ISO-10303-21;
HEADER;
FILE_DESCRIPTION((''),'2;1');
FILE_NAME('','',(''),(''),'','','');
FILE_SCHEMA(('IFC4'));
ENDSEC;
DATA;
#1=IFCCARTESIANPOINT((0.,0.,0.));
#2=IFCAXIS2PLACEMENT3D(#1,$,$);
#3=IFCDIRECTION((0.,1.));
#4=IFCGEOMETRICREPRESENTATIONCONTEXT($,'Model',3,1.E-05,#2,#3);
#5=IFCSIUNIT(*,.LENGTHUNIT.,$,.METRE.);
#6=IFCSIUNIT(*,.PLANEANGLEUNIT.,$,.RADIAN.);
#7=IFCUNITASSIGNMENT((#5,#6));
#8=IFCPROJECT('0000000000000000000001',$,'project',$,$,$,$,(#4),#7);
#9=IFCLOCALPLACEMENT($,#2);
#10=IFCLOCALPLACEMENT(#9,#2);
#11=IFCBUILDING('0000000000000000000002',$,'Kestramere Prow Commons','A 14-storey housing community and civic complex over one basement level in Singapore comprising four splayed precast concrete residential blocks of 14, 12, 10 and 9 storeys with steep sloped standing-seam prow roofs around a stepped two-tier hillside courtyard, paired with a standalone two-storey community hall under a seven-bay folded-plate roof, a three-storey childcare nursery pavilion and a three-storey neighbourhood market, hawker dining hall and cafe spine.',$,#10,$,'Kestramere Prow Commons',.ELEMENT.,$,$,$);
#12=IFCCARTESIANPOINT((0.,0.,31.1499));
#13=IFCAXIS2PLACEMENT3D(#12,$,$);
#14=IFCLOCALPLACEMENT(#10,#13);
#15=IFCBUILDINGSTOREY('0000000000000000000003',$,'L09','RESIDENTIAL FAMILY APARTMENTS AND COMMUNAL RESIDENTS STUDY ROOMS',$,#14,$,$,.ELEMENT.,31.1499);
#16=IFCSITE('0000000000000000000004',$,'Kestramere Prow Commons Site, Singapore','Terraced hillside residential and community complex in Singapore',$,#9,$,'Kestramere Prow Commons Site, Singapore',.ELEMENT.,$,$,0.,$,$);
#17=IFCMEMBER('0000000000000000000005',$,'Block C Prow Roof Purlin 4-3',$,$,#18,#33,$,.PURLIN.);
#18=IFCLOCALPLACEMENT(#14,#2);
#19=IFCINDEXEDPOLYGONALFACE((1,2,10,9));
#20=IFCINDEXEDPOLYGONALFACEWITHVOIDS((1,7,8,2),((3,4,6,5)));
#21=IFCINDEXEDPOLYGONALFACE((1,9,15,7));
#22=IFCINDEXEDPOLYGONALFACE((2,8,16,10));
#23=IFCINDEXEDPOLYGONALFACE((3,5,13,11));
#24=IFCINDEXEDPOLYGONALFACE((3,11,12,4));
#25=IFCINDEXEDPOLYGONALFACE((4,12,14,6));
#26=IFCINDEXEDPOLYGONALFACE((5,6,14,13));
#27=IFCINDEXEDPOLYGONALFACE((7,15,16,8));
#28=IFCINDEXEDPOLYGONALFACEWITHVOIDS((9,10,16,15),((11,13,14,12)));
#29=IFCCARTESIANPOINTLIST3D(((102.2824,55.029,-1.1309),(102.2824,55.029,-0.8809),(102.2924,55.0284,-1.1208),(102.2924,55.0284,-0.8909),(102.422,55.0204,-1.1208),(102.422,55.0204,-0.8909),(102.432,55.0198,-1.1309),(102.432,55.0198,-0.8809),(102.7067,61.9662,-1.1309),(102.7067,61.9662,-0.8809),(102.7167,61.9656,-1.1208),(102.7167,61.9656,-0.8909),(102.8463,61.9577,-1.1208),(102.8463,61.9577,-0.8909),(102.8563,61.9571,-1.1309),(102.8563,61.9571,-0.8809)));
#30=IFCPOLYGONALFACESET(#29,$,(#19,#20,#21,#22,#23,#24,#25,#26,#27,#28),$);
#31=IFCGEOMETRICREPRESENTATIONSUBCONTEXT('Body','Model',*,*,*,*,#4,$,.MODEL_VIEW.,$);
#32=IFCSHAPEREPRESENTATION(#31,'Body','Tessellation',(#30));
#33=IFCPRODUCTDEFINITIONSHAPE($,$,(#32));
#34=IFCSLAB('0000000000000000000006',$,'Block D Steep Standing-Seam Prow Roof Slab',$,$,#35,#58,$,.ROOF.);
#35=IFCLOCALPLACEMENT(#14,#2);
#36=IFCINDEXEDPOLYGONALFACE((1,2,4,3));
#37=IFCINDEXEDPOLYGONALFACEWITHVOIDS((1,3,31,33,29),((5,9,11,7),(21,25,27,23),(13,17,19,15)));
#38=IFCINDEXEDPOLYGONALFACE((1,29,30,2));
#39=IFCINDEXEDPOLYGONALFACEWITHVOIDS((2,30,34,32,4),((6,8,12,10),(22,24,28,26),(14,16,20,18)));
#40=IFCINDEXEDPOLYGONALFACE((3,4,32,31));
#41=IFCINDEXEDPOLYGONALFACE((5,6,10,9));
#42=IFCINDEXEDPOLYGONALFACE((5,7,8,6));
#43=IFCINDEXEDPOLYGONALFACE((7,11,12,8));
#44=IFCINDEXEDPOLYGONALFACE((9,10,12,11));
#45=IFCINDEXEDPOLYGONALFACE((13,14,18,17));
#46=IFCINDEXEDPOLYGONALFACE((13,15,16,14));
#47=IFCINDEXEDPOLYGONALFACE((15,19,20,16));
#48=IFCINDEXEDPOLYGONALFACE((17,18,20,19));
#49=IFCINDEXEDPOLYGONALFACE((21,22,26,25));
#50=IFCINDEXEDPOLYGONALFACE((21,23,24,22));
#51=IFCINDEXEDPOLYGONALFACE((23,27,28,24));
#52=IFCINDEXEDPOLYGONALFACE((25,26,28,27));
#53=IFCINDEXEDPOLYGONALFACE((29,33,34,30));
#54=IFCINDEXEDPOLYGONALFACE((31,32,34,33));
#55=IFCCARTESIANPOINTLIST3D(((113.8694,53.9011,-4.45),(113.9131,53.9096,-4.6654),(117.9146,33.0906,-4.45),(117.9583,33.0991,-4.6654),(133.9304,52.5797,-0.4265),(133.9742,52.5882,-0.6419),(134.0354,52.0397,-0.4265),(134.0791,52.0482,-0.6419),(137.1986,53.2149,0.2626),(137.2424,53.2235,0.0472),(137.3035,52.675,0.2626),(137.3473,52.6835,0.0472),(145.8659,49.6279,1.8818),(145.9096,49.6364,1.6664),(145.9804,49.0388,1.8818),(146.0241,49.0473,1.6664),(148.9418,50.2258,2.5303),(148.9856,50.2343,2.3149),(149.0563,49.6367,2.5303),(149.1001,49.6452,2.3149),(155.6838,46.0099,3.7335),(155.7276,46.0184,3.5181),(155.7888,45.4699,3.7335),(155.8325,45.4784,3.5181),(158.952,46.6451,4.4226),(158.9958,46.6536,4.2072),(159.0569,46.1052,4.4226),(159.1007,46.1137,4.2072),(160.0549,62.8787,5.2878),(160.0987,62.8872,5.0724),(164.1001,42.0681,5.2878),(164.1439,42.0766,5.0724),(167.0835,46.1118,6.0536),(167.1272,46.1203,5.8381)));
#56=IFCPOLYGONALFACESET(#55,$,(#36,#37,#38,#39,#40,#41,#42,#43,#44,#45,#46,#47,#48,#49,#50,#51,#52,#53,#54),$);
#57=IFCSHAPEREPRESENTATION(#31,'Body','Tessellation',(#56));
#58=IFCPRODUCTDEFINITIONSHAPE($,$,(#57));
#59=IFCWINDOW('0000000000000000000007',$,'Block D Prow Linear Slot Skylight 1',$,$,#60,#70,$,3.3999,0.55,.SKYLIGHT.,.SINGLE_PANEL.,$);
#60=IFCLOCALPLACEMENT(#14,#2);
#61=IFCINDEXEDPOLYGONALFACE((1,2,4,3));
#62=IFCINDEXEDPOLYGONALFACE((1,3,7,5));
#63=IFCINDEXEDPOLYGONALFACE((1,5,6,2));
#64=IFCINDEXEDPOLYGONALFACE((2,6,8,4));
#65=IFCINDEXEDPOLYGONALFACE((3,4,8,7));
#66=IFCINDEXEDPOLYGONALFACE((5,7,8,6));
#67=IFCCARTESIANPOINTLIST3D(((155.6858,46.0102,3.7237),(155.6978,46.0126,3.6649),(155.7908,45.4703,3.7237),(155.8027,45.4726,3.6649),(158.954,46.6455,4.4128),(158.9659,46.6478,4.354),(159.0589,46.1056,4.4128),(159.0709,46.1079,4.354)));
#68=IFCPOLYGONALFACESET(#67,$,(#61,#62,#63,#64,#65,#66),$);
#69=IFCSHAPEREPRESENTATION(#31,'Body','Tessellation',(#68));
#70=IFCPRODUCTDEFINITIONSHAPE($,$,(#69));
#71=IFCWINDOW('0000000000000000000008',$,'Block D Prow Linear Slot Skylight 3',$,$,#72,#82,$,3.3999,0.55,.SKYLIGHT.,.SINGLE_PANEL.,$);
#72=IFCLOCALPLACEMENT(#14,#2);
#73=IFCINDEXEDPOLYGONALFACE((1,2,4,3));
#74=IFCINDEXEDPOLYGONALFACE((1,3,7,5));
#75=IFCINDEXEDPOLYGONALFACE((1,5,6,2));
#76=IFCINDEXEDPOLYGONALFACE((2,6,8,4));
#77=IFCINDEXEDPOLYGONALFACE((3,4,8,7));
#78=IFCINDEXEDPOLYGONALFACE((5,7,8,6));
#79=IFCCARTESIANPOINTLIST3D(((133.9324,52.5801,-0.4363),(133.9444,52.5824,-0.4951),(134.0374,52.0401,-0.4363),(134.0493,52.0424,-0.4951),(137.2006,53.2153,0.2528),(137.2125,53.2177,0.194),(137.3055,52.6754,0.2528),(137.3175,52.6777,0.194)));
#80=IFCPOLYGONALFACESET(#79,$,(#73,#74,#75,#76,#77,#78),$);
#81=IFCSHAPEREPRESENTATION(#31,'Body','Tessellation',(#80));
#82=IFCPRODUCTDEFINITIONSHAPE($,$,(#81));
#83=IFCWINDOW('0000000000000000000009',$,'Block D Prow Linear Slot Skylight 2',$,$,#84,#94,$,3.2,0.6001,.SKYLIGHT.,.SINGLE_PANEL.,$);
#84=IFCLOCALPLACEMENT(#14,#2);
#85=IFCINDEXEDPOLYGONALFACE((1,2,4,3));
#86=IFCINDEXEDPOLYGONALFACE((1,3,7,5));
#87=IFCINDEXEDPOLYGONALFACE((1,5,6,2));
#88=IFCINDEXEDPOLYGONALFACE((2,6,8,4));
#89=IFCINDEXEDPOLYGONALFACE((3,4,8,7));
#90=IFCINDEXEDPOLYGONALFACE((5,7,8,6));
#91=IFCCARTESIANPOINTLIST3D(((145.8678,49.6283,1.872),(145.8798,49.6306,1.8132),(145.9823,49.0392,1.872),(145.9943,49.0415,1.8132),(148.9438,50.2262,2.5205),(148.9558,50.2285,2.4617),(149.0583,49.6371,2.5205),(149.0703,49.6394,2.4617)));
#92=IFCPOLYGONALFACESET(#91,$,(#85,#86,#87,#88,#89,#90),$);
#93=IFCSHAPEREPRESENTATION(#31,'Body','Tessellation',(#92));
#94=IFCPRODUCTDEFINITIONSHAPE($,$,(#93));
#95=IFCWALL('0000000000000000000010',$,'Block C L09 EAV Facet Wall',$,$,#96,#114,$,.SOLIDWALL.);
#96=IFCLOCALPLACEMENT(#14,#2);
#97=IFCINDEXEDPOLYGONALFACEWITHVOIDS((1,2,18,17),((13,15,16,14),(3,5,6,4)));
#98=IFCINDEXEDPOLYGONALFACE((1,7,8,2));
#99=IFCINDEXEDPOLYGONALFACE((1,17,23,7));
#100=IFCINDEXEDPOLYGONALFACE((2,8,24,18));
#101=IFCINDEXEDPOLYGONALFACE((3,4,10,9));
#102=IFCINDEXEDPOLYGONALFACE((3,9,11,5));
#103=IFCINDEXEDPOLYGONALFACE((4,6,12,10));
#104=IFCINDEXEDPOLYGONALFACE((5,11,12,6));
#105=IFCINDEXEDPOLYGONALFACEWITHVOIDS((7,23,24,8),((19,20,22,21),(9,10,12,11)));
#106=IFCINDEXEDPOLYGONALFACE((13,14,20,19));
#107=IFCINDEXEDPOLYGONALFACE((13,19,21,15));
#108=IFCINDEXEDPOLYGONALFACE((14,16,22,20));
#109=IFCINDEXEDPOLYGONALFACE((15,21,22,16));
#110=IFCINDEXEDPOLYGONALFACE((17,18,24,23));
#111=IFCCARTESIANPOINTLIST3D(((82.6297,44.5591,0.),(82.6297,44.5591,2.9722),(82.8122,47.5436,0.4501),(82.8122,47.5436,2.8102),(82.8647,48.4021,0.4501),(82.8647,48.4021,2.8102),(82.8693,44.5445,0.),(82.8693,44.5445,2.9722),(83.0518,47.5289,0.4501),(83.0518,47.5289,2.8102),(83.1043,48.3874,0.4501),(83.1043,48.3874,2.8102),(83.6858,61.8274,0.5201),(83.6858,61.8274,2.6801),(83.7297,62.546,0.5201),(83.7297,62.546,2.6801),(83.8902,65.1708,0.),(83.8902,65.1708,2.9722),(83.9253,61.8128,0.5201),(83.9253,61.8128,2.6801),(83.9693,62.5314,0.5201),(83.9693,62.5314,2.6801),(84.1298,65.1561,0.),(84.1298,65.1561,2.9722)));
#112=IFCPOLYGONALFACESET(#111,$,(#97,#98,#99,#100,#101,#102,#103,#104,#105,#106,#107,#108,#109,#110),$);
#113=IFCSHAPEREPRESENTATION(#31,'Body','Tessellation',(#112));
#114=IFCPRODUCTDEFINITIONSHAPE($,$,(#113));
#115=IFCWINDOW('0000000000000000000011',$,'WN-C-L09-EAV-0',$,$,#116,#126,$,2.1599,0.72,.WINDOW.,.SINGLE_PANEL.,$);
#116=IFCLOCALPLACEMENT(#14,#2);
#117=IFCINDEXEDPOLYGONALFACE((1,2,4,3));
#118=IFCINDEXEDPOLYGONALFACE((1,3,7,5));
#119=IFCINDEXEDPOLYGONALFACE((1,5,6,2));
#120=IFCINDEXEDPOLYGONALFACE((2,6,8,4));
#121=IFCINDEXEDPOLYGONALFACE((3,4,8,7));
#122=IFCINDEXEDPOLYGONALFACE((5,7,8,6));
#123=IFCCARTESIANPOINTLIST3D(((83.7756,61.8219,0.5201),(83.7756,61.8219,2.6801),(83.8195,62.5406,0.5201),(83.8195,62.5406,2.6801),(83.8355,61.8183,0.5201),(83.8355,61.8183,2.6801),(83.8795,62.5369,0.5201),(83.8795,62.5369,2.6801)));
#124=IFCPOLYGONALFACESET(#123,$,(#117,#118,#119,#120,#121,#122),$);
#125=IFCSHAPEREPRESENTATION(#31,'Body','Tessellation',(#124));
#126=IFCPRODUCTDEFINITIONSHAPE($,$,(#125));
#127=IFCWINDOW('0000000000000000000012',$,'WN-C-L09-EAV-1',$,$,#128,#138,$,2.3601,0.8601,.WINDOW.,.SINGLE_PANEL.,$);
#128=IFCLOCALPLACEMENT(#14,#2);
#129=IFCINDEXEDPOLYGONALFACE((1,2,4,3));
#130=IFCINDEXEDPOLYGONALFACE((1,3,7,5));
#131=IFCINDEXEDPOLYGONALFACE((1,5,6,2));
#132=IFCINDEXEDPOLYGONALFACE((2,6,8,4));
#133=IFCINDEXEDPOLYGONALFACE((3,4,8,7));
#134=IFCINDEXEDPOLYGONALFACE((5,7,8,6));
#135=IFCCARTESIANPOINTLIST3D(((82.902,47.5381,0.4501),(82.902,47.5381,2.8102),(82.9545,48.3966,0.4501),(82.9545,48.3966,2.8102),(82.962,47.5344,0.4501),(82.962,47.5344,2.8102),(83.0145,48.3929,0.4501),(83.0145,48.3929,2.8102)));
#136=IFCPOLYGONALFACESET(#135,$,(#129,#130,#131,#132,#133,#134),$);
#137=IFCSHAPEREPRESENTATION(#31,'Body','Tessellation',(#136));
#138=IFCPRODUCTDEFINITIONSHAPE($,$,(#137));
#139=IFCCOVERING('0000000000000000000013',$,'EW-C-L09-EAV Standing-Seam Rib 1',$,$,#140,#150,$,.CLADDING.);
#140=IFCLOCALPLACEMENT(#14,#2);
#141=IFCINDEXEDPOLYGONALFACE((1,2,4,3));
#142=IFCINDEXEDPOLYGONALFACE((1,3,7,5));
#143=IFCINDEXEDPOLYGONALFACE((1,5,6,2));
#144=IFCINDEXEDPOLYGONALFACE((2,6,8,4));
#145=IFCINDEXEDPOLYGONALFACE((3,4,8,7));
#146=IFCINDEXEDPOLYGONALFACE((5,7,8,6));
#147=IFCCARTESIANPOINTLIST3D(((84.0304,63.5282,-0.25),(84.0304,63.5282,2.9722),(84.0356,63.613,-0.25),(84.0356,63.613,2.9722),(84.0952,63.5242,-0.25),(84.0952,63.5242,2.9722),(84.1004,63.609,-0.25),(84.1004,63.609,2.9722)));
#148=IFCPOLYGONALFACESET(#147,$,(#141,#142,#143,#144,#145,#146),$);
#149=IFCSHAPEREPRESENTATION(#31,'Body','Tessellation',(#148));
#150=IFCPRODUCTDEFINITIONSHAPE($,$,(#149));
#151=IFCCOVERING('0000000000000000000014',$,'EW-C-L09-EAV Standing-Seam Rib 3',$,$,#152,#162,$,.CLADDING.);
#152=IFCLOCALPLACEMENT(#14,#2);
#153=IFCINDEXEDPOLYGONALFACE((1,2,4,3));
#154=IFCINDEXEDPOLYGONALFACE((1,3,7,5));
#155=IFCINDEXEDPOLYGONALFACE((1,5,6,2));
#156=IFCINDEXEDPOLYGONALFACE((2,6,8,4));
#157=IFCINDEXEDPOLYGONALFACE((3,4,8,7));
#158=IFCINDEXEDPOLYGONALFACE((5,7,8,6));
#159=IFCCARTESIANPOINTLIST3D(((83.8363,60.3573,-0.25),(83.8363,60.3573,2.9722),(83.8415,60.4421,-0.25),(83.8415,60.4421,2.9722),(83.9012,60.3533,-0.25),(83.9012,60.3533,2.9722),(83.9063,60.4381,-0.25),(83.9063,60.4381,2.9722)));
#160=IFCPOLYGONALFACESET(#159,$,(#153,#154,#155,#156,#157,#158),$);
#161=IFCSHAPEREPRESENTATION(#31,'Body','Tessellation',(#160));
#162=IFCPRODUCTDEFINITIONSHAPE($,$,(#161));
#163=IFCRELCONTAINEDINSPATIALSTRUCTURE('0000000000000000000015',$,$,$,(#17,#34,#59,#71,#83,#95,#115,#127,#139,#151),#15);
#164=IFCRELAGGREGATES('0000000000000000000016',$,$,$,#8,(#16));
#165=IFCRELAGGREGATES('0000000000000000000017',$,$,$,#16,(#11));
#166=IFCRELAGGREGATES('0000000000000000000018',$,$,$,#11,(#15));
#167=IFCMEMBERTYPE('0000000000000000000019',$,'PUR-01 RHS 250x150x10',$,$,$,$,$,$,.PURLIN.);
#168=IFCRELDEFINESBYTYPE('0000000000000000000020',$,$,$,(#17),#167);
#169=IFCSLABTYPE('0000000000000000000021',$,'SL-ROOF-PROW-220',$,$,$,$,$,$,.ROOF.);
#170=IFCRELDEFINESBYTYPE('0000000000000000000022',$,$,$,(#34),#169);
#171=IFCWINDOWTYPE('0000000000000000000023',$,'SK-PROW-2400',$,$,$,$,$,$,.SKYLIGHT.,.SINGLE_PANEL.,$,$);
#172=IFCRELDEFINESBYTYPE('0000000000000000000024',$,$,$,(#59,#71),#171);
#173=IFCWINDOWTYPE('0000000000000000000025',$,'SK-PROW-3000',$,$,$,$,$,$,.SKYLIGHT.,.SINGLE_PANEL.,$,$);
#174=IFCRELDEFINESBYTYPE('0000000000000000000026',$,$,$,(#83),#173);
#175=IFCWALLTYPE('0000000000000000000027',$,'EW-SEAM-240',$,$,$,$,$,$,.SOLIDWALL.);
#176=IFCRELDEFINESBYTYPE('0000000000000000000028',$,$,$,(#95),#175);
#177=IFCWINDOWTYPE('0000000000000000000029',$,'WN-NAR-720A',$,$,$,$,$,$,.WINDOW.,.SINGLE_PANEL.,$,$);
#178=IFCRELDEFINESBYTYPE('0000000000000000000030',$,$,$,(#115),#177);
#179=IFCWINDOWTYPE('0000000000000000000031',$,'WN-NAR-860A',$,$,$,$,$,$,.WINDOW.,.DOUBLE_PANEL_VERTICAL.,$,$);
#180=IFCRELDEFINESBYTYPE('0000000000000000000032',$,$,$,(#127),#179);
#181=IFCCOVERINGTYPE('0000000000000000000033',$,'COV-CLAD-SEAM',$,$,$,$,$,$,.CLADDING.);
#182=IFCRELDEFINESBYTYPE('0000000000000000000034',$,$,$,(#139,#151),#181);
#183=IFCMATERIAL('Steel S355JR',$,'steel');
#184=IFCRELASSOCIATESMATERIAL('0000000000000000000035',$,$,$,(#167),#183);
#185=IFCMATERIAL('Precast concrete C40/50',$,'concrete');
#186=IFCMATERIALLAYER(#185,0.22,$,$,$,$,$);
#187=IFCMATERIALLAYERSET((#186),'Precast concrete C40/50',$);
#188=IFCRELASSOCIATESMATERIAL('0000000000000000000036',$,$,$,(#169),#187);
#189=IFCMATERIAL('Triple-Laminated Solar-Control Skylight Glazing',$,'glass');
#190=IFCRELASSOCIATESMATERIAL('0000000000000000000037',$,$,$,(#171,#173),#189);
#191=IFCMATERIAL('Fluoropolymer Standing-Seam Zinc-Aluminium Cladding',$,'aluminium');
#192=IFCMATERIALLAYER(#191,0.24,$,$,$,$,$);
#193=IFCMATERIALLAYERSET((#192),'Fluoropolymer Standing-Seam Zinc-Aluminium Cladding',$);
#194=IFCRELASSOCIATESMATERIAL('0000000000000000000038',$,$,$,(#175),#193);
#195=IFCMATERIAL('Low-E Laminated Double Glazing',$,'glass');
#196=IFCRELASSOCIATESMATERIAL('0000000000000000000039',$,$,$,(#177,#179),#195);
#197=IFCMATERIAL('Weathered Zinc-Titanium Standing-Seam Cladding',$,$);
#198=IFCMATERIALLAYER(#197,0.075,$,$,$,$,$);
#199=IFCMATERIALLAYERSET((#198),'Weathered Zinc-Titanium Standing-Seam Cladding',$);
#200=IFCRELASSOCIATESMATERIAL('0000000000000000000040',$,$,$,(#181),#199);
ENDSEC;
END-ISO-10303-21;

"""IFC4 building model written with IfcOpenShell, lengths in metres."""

from ifc_helpers import new_model, si_unit, direction, frame, frame_2d, origin, origin_2d, place, context, subcontext, project, spatial, polyline, rectangle, hollow_rectangle, outline, extrude, material, layer, layer_set, material_profile, profile_set, type_object, element, fill, save


model = new_model("IFC4")

# Units and contexts
model_context = context("Model", 3, precision=1e-05, world=origin(), true_north=direction((0.0, 1.0)))
body_context = subcontext(model_context, "Body", "Model", "MODEL_VIEW")
ifc_project = project(units=[si_unit("LENGTHUNIT", "METRE"), si_unit("PLANEANGLEUNIT", "RADIAN")], contexts=[model_context])

# Site, building, storey
site_placement = place(None, origin())
site = spatial("IfcSite", under=ifc_project, at=site_placement, Name="Kestramere Prow Commons Site, Singapore", Description="Terraced hillside residential and community complex in Singapore", LongName="Kestramere Prow Commons Site, Singapore", CompositionType="ELEMENT", RefElevation=0.0)
building_placement = place(site_placement, origin())
building = spatial("IfcBuilding", under=site, at=building_placement, Name="Kestramere Prow Commons", Description="A 14-storey housing community and civic complex over one basement level in Singapore comprising four splayed precast concrete residential blocks of 14, 12, 10 and 9 storeys with steep sloped standing-seam prow roofs around a stepped two-tier hillside courtyard, paired with a standalone two-storey community hall under a seven-bay folded-plate roof, a three-storey childcare nursery pavilion and a three-storey neighbourhood market, hawker dining hall and cafe spine.", LongName="Kestramere Prow Commons", CompositionType="ELEMENT")
storey_placement = place(building_placement, frame((0.0, 0.0, 31.1499)))
storey = spatial("IfcBuildingStorey", under=building, at=storey_placement, Name="L09", Description="RESIDENTIAL FAMILY APARTMENTS AND COMMUNAL RESIDENTS STUDY ROOMS", CompositionType="ELEMENT", Elevation=31.1499)

# Member
ifc_material_1 = material(Name="Steel S355JR", Category="steel")
ifc_material_profile = material_profile(ifc_material_1, hollow_rectangle(XDim=0.1499, YDim=0.25, WallThickness=0.01, at=origin_2d()), Name="RHS 250x150x10")
ifc_profile_set = profile_set([ifc_material_profile], Name="Steel S355JR")
member_type = type_object("IfcMemberType", Name="PUR-01 RHS 250x150x10", PredefinedType="PURLIN", material=ifc_profile_set)
member_1_placement = place(storey_placement, frame((102.3572, 55.0244, -1.0059), z_axis=(0.061051, 0.998135, 0.0), x_axis=(-0.998135, 0.061051, 0.0)))
element("IfcMember", 1, at=member_1_placement, inside=storey, type_object=member_type, Name="Block C Prow Roof Purlin 4-3", PredefinedType="PURLIN", context=body_context, shape_type="SweptSolid", body=[
    extrude(hollow_rectangle(XDim=0.1499, YDim=0.25, WallThickness=0.01, at=origin_2d()), origin(), (0.0, 0.0, 1.0), 6.9502),
])

# Slab, openings, windows
ifc_material_2 = material(Name="Precast concrete C40/50", Category="concrete")
ifc_layer_1 = layer(ifc_material_2, 0.22)
ifc_layer_set_1 = layer_set([ifc_layer_1], Name="Precast concrete C40/50")
slab_type = type_object("IfcSlabType", Name="SL-ROOF-PROW-220", PredefinedType="ROOF", material=ifc_layer_set_1)
slab_placement = place(storey_placement, frame((117.9146, 33.0906, -4.45), z_axis=(-0.198946, -0.038671, 0.979247), x_axis=(0.961256, 0.186849, 0.20267)))
slab = element("IfcSlab", 2, at=slab_placement, inside=storey, type_object=slab_type, Name="Block D Steep Standing-Seam Prow Roof Slab", PredefinedType="ROOF", context=body_context, shape_type="SweptSolid", body=[
    extrude(outline(polyline([(0.0, 0.0), (48.0471, 0.0), (51.8257, 3.4001), (48.0471, 21.2001), (0.0, 21.2001), (0.0, 0.0)])), origin(), (0.0, 0.0, -1.0), 0.22),
])
opening_1_placement = place(slab_placement, frame((42.0784, 5.2002, 0.0), z_axis=(0.0, 0.0, 1.0), x_axis=(0.0, -1.0, 0.0)))
opening_1 = element("IfcOpeningElement", 3, at=opening_1_placement, cuts=slab, PredefinedType="OPENING", context=body_context, shape_type="SweptSolid", body=[
    extrude(rectangle(XDim=0.55, YDim=3.3999, at=origin_2d()), frame((0.0, 0.0, 0.0149), z_axis=(0.0, 0.0, -1.0), x_axis=(1.0, 0.0, 0.0)), (0.0, 0.0, 1.0), 0.25),
])
opening_2_placement = place(slab_placement, frame((32.8416, 10.6001, 0.0), z_axis=(0.0, 0.0, 1.0), x_axis=(0.0, -1.0, 0.0)))
opening_2 = element("IfcOpeningElement", 4, at=opening_2_placement, cuts=slab, PredefinedType="OPENING", context=body_context, shape_type="SweptSolid", body=[
    extrude(rectangle(XDim=0.6001, YDim=3.2, at=origin_2d()), frame((0.0, 0.0, 0.0149), z_axis=(0.0, 0.0, -1.0), x_axis=(1.0, 0.0, 0.0)), (0.0, 0.0, 1.0), 0.25),
])
opening_3_placement = place(slab_placement, frame((21.5522, 15.8, 0.0), z_axis=(0.0, 0.0, 1.0), x_axis=(0.0, -1.0, 0.0)))
opening_3 = element("IfcOpeningElement", 5, at=opening_3_placement, cuts=slab, PredefinedType="OPENING", context=body_context, shape_type="SweptSolid", body=[
    extrude(rectangle(XDim=0.55, YDim=3.3999, at=origin_2d()), frame((0.0, 0.0, 0.0149), z_axis=(0.0, 0.0, -1.0), x_axis=(1.0, 0.0, 0.0)), (0.0, 0.0, 1.0), 0.25),
])
ifc_material_3 = material(Name="Triple-Laminated Solar-Control Skylight Glazing", Category="glass")
window_type_1 = type_object("IfcWindowType", Name="SK-PROW-2400", PartitioningType="SINGLE_PANEL", PredefinedType="SKYLIGHT", material=ifc_material_3)
window_1_placement = place(opening_1_placement, frame((0.0, 0.0, -0.01)))
window_1 = element("IfcWindow", 6, at=window_1_placement, inside=storey, type_object=window_type_1, Name="Block D Prow Linear Slot Skylight 1", OverallHeight=3.3999, OverallWidth=0.55, PartitioningType="SINGLE_PANEL", PredefinedType="SKYLIGHT", context=body_context, shape_type="SweptSolid", body=[
    extrude(rectangle(XDim=0.55, YDim=3.3999, at=origin_2d()), frame((0.0, 0.0, 0.0), z_axis=(0.0, 0.0, -1.0), x_axis=(1.0, 0.0, 0.0)), (0.0, 0.0, 1.0), 0.0601),
])
fill(opening_1, window_1)
window_2_placement = place(opening_3_placement, frame((0.0, 0.0, -0.01)))
window_2 = element("IfcWindow", 7, at=window_2_placement, inside=storey, type_object=window_type_1, Name="Block D Prow Linear Slot Skylight 3", OverallHeight=3.3999, OverallWidth=0.55, PartitioningType="SINGLE_PANEL", PredefinedType="SKYLIGHT", context=body_context, shape_type="SweptSolid", body=[
    extrude(rectangle(XDim=0.55, YDim=3.3999, at=origin_2d()), frame((0.0, 0.0, 0.0), z_axis=(0.0, 0.0, -1.0), x_axis=(1.0, 0.0, 0.0)), (0.0, 0.0, 1.0), 0.0601),
])
fill(opening_3, window_2)
window_type_2 = type_object("IfcWindowType", Name="SK-PROW-3000", PartitioningType="SINGLE_PANEL", PredefinedType="SKYLIGHT", material=ifc_material_3)
window_3_placement = place(opening_2_placement, frame((0.0, 0.0, -0.01)))
window_3 = element("IfcWindow", 8, at=window_3_placement, inside=storey, type_object=window_type_2, Name="Block D Prow Linear Slot Skylight 2", OverallHeight=3.2, OverallWidth=0.6001, PartitioningType="SINGLE_PANEL", PredefinedType="SKYLIGHT", context=body_context, shape_type="SweptSolid", body=[
    extrude(rectangle(XDim=0.6001, YDim=3.2, at=origin_2d()), frame((0.0, 0.0, 0.0), z_axis=(0.0, 0.0, -1.0), x_axis=(1.0, 0.0, 0.0)), (0.0, 0.0, 1.0), 0.0601),
])
fill(opening_2, window_3)

# Wall, openings, windows
ifc_material_4 = material(Name="Fluoropolymer Standing-Seam Zinc-Aluminium Cladding", Category="aluminium")
ifc_layer_2 = layer(ifc_material_4, 0.24)
ifc_layer_set_2 = layer_set([ifc_layer_2], Name="Fluoropolymer Standing-Seam Zinc-Aluminium Cladding")
wall_type = type_object("IfcWallType", Name="EW-SEAM-240", PredefinedType="SOLIDWALL", material=ifc_layer_set_2)
wall_placement = place(storey_placement, frame((84.01, 65.1636, 0.0), z_axis=(0.0, 0.0, 1.0), x_axis=(-0.061041, -0.998135, 0.0)))
wall = element("IfcWall", 9, at=wall_placement, inside=storey, type_object=wall_type, Name="Block C L09 EAV Facet Wall", PredefinedType="SOLIDWALL", context=body_context, shape_type="SweptSolid", body=[
    extrude(rectangle(XDim=20.6501, YDim=0.24, at=frame_2d((10.3252, 0.0))), origin(), (0.0, 0.0, 1.0), 2.9722),
])
opening_4_placement = place(wall_placement, frame((2.6299, 0.0, 0.52)))
opening_4 = element("IfcOpeningElement", 10, at=opening_4_placement, cuts=wall, PredefinedType="OPENING", context=body_context, shape_type="SweptSolid", body=[
    extrude(rectangle(XDim=0.72, YDim=2.1599, at=frame_2d((0.3599, 1.0801))), frame((0.0, 0.135, 0.0), z_axis=(0.0, -1.0, 0.0), x_axis=(1.0, 0.0, 0.0)), (0.0, 0.0, 1.0), 0.27),
])
opening_5_placement = place(wall_placement, frame((16.8, 0.0, 0.45)))
opening_5 = element("IfcOpeningElement", 11, at=opening_5_placement, cuts=wall, PredefinedType="OPENING", context=body_context, shape_type="SweptSolid", body=[
    extrude(rectangle(XDim=0.8601, YDim=2.3601, at=frame_2d((0.4302, 1.1802))), frame((0.0, 0.135, 0.0), z_axis=(0.0, -1.0, 0.0), x_axis=(1.0, 0.0, 0.0)), (0.0, 0.0, 1.0), 0.27),
])
ifc_material_5 = material(Name="Low-E Laminated Double Glazing", Category="glass")
window_type_3 = type_object("IfcWindowType", Name="WN-NAR-720A", PartitioningType="SINGLE_PANEL", PredefinedType="WINDOW", material=ifc_material_5)
window_4_placement = place(opening_4_placement, origin())
window_4 = element("IfcWindow", 12, at=window_4_placement, inside=storey, type_object=window_type_3, Name="WN-C-L09-EAV-0", OverallHeight=2.1599, OverallWidth=0.72, PartitioningType="SINGLE_PANEL", PredefinedType="WINDOW", context=body_context, shape_type="SweptSolid", body=[
    extrude(rectangle(XDim=0.72, YDim=2.1599, at=frame_2d((0.3599, 1.0801))), frame((0.0, 0.03, 0.0), z_axis=(0.0, -1.0, 0.0), x_axis=(1.0, 0.0, 0.0)), (0.0, 0.0, 1.0), 0.0601),
])
fill(opening_4, window_4)
window_type_4 = type_object("IfcWindowType", Name="WN-NAR-860A", PartitioningType="DOUBLE_PANEL_VERTICAL", PredefinedType="WINDOW", material=ifc_material_5)
window_5_placement = place(opening_5_placement, origin())
window_5 = element("IfcWindow", 13, at=window_5_placement, inside=storey, type_object=window_type_4, Name="WN-C-L09-EAV-1", OverallHeight=2.3601, OverallWidth=0.8601, PartitioningType="SINGLE_PANEL", PredefinedType="WINDOW", context=body_context, shape_type="SweptSolid", body=[
    extrude(rectangle(XDim=0.8601, YDim=2.3601, at=frame_2d((0.4302, 1.1802))), frame((0.0, 0.03, 0.0), z_axis=(0.0, -1.0, 0.0), x_axis=(1.0, 0.0, 0.0)), (0.0, 0.0, 1.0), 0.0601),
])
fill(opening_5, window_5)

# Coverings
ifc_material_6 = material(Name="Weathered Zinc-Titanium Standing-Seam Cladding")
ifc_layer_3 = layer(ifc_material_6, 0.075)
ifc_layer_set_3 = layer_set([ifc_layer_3], Name="Weathered Zinc-Titanium Standing-Seam Cladding")
covering_type_1 = type_object("IfcCoveringType", Name="COV-CLAD-SEAM", PredefinedType="CLADDING", material=ifc_layer_set_3)
for number, where, z_axis, x_axis, name in (
    (14, (84.0654, 63.5686, -0.25), (0.0, 0.0, 1.0), (-0.061049, -0.998135, 0.0), "EW-C-L09-EAV Standing-Seam Rib 1"),
    (15, (83.8713, 60.3977, -0.25), (0.0, 0.0, 1.0), (-0.061049, -0.998135, 0.0), "EW-C-L09-EAV Standing-Seam Rib 3"),
):
    element("IfcCovering", number, at=place(storey_placement, frame(where, z_axis=z_axis, x_axis=x_axis)), inside=storey, type_object=covering_type_1, Name=name, PredefinedType="CLADDING", context=body_context, shape_type="SweptSolid", body=[
        extrude(rectangle(XDim=0.085, YDim=0.0649, at=origin_2d()), origin(), (0.0, 0.0, 1.0), 3.2222),
    ])

save(model, "model.ifc")
